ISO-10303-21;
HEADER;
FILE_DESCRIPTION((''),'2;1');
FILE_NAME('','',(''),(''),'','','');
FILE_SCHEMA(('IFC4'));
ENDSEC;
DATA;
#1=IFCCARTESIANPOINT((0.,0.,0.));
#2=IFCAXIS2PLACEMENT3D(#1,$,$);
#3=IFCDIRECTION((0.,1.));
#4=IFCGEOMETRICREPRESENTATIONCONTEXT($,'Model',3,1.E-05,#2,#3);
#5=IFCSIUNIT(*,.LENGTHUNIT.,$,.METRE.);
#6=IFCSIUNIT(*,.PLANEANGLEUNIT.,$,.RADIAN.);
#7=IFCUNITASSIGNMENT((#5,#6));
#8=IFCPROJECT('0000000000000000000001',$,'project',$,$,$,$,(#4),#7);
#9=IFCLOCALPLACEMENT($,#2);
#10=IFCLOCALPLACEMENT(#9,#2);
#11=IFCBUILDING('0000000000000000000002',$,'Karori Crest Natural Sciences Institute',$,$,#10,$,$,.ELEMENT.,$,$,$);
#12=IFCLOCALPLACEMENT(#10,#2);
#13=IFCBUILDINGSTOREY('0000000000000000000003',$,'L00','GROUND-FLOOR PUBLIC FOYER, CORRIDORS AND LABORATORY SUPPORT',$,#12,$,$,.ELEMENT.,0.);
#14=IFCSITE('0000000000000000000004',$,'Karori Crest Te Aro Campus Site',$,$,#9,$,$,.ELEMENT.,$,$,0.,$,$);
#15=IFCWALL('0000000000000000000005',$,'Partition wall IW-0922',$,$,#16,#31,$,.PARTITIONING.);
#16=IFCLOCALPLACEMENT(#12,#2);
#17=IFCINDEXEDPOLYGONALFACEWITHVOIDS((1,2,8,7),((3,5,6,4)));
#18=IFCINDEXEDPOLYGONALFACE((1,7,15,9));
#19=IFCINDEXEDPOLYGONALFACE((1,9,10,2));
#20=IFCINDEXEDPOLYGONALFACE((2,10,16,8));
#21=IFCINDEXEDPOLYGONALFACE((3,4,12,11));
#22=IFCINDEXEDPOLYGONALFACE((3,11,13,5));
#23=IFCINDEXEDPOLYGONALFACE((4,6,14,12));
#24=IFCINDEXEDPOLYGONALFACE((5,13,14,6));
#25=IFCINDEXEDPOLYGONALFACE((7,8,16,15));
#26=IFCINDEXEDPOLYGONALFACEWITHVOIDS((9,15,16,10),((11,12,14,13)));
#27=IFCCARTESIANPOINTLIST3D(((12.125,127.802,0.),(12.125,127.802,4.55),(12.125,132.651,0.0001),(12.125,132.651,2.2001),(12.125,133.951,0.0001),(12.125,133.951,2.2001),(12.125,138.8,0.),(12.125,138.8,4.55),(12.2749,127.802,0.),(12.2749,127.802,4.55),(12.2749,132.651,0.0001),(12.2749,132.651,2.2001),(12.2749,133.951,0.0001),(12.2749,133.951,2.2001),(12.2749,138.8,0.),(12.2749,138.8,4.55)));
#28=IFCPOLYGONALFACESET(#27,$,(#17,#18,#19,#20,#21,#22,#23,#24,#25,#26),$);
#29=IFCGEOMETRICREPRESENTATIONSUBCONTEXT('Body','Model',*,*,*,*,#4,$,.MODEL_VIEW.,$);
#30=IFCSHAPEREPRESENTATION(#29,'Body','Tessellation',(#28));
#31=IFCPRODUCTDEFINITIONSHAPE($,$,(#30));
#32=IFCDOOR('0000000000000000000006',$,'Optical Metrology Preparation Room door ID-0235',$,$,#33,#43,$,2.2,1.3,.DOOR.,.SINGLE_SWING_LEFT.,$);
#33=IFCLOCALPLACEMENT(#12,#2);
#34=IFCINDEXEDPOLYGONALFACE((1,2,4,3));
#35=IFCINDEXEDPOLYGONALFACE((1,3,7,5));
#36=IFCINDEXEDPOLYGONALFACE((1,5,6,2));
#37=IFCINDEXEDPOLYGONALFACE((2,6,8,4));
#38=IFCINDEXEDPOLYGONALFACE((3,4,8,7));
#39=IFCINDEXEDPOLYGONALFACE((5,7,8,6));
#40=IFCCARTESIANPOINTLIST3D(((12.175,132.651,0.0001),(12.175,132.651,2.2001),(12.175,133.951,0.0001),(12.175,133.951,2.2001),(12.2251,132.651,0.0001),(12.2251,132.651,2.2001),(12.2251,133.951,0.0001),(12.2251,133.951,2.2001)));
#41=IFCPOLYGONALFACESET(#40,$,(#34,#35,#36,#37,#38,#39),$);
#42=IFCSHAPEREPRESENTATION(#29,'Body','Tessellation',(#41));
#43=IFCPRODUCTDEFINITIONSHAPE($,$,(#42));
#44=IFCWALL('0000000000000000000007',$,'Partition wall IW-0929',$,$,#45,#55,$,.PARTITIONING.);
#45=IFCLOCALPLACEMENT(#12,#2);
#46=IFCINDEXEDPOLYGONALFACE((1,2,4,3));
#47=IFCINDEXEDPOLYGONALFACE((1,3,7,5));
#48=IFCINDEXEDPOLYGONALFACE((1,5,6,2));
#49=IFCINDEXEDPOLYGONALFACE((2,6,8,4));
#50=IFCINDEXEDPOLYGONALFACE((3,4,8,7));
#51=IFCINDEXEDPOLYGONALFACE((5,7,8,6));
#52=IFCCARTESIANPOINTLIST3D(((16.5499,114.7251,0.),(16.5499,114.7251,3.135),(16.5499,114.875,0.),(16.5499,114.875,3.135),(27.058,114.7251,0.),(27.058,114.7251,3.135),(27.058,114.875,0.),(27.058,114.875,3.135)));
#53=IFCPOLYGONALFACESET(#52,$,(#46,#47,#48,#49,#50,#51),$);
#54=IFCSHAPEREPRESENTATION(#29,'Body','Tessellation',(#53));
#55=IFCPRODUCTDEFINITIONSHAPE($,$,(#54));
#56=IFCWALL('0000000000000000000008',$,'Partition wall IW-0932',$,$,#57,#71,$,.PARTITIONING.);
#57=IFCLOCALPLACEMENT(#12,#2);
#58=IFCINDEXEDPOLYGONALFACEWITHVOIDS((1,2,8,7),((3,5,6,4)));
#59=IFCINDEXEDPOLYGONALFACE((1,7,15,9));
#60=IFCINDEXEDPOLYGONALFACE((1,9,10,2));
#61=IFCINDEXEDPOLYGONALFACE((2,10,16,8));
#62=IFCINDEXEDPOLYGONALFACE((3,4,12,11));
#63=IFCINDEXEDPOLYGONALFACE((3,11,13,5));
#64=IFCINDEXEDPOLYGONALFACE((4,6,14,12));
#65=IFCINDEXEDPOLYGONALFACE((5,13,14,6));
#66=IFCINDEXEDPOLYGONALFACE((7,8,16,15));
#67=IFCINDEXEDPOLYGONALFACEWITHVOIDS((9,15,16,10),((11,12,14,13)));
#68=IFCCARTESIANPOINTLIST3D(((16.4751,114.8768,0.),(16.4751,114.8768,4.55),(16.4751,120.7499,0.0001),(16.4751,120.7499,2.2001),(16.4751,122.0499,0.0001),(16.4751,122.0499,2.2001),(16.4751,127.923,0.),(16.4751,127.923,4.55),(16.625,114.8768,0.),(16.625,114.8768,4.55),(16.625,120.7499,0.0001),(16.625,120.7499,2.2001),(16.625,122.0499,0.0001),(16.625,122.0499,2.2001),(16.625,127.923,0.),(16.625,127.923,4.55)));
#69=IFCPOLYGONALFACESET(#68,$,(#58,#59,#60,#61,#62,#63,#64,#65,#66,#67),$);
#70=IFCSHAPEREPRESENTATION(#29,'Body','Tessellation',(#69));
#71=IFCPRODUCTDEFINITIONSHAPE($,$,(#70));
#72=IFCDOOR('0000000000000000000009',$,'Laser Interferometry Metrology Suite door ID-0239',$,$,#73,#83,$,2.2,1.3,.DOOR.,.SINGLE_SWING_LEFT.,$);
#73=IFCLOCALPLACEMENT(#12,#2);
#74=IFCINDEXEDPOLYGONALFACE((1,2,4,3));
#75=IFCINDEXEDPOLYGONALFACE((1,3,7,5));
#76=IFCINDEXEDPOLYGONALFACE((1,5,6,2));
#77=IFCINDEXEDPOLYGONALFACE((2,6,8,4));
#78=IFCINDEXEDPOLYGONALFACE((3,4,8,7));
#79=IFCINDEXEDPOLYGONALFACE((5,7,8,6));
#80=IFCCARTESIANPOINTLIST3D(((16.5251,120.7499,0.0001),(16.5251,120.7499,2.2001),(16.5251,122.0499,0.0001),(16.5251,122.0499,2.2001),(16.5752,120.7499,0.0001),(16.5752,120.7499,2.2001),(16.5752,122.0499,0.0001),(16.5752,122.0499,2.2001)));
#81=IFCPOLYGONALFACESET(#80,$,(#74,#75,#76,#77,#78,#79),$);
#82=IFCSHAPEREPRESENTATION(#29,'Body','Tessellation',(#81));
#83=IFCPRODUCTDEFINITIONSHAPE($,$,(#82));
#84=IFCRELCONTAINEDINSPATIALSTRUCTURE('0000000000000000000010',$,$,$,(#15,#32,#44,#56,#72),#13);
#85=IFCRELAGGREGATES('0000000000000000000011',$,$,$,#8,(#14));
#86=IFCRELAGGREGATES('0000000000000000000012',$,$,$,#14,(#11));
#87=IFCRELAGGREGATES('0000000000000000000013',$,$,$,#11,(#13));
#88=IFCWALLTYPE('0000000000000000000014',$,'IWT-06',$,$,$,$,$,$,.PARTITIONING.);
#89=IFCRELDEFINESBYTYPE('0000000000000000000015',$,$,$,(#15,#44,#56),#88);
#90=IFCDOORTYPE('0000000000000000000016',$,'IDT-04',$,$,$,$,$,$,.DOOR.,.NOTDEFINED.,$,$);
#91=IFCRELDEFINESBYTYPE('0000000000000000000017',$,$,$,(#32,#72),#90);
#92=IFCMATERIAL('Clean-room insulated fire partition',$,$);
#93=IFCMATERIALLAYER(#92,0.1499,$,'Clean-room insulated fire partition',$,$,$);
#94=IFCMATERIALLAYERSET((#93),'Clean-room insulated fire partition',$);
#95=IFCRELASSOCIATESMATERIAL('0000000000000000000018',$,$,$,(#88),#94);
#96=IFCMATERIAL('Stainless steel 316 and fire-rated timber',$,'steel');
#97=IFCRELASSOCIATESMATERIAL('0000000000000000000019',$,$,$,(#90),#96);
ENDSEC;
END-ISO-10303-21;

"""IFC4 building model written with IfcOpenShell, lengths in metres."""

from ifc_helpers import new_model, si_unit, direction, frame, frame_2d, origin, place, context, subcontext, project, spatial, rectangle, extrude, material, layer, layer_set, type_object, element, fill, save


model = new_model("IFC4")

# Units and contexts
model_context = context("Model", 3, precision=1e-05, world=origin(), true_north=direction((0.0, 1.0)))
body_context = subcontext(model_context, "Body", "Model", "MODEL_VIEW")
ifc_project = project(units=[si_unit("LENGTHUNIT", "METRE"), si_unit("PLANEANGLEUNIT", "RADIAN")], contexts=[model_context])

# Site, building, storey
site_placement = place(None, origin())
site = spatial("IfcSite", under=ifc_project, at=site_placement, Name="Karori Crest Te Aro Campus Site", CompositionType="ELEMENT", RefElevation=0.0)
building_placement = place(site_placement, origin())
building = spatial("IfcBuilding", under=site, at=building_placement, Name="Karori Crest Natural Sciences Institute", CompositionType="ELEMENT")
storey_placement = place(building_placement, origin())
storey = spatial("IfcBuildingStorey", under=building, at=storey_placement, Name="L00", Description="GROUND-FLOOR PUBLIC FOYER, CORRIDORS AND LABORATORY SUPPORT", CompositionType="ELEMENT", Elevation=0.0)

# Shared definitions
ifc_material_1 = material(Name="Clean-room insulated fire partition")
ifc_layer_1 = layer(ifc_material_1, 0.1499, Name="Clean-room insulated fire partition")
ifc_layer_set_1 = layer_set([ifc_layer_1], Name="Clean-room insulated fire partition")
wall_type = type_object("IfcWallType", Name="IWT-06", PredefinedType="PARTITIONING", material=ifc_layer_set_1)

# Wall, opening, door
wall_1_placement = place(storey_placement, frame((12.2, 127.802, 0.0), z_axis=(0.0, 0.0, 1.0), x_axis=(0.0, 1.0, 0.0)))
wall_1 = element("IfcWall", 1, at=wall_1_placement, inside=storey, type_object=wall_type, Name="Partition wall IW-0922", PredefinedType="PARTITIONING", context=body_context, shape_type="SweptSolid", body=[
    extrude(rectangle(XDim=10.998, YDim=0.1499, at=frame_2d((5.499, 0.0))), origin(), (0.0, 0.0, 1.0), 4.55),
])
opening_1_placement = place(wall_1_placement, frame((4.8491, 0.0, 0.0)))
opening_1 = element("IfcOpeningElement", 2, at=opening_1_placement, cuts=wall_1, PredefinedType="OPENING", context=body_context, shape_type="SweptSolid", body=[
    extrude(rectangle(XDim=1.3, YDim=2.2, at=frame_2d((0.6499, 1.1001))), frame((0.0, 0.085, 0.0), z_axis=(0.0, -1.0, 0.0), x_axis=(1.0, 0.0, 0.0)), (0.0, 0.0, 1.0), 0.1699),
])
ifc_material_2 = material(Name="Stainless steel 316 and fire-rated timber", Category="steel")
door_type = type_object("IfcDoorType", Name="IDT-04", OperationType="NOTDEFINED", PredefinedType="DOOR", material=ifc_material_2)
door_1_placement = place(opening_1_placement, origin())
door_1 = element("IfcDoor", 3, at=door_1_placement, inside=storey, type_object=door_type, Name="Optical Metrology Preparation Room door ID-0235", OperationType="SINGLE_SWING_LEFT", OverallHeight=2.2, OverallWidth=1.3, PredefinedType="DOOR", context=body_context, shape_type="SweptSolid", body=[
    extrude(rectangle(XDim=1.3, YDim=2.2, at=frame_2d((0.6499, 1.1001))), frame((0.0, 0.0249, 0.0), z_axis=(0.0, -1.0, 0.0), x_axis=(1.0, 0.0, 0.0)), (0.0, 0.0, 1.0), 0.05),
])
fill(opening_1, door_1)

# Wall
wall_2_placement = place(storey_placement, frame((16.55, 114.8, 0.0), z_axis=(0.0, 0.0, 1.0), x_axis=(1.0, 0.0, 0.0)))
element("IfcWall", 4, at=wall_2_placement, inside=storey, type_object=wall_type, Name="Partition wall IW-0929", PredefinedType="PARTITIONING", context=body_context, shape_type="SweptSolid", body=[
    extrude(rectangle(XDim=10.5081, YDim=0.1499, at=frame_2d((5.2539, 0.0))), origin(), (0.0, 0.0, 1.0), 3.135),
])

# Wall, opening, door
wall_3_placement = place(storey_placement, frame((16.55, 114.877, 0.0), z_axis=(0.0, 0.0, 1.0), x_axis=(0.0, 1.0, 0.0)))
wall_3 = element("IfcWall", 5, at=wall_3_placement, inside=storey, type_object=wall_type, Name="Partition wall IW-0932", PredefinedType="PARTITIONING", context=body_context, shape_type="SweptSolid", body=[
    extrude(rectangle(XDim=13.0461, YDim=0.1499, at=frame_2d((6.5229, 0.0))), origin(), (0.0, 0.0, 1.0), 4.55),
])
opening_2_placement = place(wall_3_placement, frame((5.873, 0.0, 0.0)))
opening_2 = element("IfcOpeningElement", 6, at=opening_2_placement, cuts=wall_3, PredefinedType="OPENING", context=body_context, shape_type="SweptSolid", body=[
    extrude(rectangle(XDim=1.3, YDim=2.2, at=frame_2d((0.6499, 1.1001))), frame((0.0, 0.085, 0.0), z_axis=(0.0, -1.0, 0.0), x_axis=(1.0, 0.0, 0.0)), (0.0, 0.0, 1.0), 0.1699),
])
door_2_placement = place(opening_2_placement, origin())
door_2 = element("IfcDoor", 7, at=door_2_placement, inside=storey, type_object=door_type, Name="Laser Interferometry Metrology Suite door ID-0239", OperationType="SINGLE_SWING_LEFT", OverallHeight=2.2, OverallWidth=1.3, PredefinedType="DOOR", context=body_context, shape_type="SweptSolid", body=[
    extrude(rectangle(XDim=1.3, YDim=2.2, at=frame_2d((0.6499, 1.1001))), frame((0.0, 0.0249, 0.0), z_axis=(0.0, -1.0, 0.0), x_axis=(1.0, 0.0, 0.0)), (0.0, 0.0, 1.0), 0.05),
])
fill(opening_2, door_2)

save(model, "model.ifc")
